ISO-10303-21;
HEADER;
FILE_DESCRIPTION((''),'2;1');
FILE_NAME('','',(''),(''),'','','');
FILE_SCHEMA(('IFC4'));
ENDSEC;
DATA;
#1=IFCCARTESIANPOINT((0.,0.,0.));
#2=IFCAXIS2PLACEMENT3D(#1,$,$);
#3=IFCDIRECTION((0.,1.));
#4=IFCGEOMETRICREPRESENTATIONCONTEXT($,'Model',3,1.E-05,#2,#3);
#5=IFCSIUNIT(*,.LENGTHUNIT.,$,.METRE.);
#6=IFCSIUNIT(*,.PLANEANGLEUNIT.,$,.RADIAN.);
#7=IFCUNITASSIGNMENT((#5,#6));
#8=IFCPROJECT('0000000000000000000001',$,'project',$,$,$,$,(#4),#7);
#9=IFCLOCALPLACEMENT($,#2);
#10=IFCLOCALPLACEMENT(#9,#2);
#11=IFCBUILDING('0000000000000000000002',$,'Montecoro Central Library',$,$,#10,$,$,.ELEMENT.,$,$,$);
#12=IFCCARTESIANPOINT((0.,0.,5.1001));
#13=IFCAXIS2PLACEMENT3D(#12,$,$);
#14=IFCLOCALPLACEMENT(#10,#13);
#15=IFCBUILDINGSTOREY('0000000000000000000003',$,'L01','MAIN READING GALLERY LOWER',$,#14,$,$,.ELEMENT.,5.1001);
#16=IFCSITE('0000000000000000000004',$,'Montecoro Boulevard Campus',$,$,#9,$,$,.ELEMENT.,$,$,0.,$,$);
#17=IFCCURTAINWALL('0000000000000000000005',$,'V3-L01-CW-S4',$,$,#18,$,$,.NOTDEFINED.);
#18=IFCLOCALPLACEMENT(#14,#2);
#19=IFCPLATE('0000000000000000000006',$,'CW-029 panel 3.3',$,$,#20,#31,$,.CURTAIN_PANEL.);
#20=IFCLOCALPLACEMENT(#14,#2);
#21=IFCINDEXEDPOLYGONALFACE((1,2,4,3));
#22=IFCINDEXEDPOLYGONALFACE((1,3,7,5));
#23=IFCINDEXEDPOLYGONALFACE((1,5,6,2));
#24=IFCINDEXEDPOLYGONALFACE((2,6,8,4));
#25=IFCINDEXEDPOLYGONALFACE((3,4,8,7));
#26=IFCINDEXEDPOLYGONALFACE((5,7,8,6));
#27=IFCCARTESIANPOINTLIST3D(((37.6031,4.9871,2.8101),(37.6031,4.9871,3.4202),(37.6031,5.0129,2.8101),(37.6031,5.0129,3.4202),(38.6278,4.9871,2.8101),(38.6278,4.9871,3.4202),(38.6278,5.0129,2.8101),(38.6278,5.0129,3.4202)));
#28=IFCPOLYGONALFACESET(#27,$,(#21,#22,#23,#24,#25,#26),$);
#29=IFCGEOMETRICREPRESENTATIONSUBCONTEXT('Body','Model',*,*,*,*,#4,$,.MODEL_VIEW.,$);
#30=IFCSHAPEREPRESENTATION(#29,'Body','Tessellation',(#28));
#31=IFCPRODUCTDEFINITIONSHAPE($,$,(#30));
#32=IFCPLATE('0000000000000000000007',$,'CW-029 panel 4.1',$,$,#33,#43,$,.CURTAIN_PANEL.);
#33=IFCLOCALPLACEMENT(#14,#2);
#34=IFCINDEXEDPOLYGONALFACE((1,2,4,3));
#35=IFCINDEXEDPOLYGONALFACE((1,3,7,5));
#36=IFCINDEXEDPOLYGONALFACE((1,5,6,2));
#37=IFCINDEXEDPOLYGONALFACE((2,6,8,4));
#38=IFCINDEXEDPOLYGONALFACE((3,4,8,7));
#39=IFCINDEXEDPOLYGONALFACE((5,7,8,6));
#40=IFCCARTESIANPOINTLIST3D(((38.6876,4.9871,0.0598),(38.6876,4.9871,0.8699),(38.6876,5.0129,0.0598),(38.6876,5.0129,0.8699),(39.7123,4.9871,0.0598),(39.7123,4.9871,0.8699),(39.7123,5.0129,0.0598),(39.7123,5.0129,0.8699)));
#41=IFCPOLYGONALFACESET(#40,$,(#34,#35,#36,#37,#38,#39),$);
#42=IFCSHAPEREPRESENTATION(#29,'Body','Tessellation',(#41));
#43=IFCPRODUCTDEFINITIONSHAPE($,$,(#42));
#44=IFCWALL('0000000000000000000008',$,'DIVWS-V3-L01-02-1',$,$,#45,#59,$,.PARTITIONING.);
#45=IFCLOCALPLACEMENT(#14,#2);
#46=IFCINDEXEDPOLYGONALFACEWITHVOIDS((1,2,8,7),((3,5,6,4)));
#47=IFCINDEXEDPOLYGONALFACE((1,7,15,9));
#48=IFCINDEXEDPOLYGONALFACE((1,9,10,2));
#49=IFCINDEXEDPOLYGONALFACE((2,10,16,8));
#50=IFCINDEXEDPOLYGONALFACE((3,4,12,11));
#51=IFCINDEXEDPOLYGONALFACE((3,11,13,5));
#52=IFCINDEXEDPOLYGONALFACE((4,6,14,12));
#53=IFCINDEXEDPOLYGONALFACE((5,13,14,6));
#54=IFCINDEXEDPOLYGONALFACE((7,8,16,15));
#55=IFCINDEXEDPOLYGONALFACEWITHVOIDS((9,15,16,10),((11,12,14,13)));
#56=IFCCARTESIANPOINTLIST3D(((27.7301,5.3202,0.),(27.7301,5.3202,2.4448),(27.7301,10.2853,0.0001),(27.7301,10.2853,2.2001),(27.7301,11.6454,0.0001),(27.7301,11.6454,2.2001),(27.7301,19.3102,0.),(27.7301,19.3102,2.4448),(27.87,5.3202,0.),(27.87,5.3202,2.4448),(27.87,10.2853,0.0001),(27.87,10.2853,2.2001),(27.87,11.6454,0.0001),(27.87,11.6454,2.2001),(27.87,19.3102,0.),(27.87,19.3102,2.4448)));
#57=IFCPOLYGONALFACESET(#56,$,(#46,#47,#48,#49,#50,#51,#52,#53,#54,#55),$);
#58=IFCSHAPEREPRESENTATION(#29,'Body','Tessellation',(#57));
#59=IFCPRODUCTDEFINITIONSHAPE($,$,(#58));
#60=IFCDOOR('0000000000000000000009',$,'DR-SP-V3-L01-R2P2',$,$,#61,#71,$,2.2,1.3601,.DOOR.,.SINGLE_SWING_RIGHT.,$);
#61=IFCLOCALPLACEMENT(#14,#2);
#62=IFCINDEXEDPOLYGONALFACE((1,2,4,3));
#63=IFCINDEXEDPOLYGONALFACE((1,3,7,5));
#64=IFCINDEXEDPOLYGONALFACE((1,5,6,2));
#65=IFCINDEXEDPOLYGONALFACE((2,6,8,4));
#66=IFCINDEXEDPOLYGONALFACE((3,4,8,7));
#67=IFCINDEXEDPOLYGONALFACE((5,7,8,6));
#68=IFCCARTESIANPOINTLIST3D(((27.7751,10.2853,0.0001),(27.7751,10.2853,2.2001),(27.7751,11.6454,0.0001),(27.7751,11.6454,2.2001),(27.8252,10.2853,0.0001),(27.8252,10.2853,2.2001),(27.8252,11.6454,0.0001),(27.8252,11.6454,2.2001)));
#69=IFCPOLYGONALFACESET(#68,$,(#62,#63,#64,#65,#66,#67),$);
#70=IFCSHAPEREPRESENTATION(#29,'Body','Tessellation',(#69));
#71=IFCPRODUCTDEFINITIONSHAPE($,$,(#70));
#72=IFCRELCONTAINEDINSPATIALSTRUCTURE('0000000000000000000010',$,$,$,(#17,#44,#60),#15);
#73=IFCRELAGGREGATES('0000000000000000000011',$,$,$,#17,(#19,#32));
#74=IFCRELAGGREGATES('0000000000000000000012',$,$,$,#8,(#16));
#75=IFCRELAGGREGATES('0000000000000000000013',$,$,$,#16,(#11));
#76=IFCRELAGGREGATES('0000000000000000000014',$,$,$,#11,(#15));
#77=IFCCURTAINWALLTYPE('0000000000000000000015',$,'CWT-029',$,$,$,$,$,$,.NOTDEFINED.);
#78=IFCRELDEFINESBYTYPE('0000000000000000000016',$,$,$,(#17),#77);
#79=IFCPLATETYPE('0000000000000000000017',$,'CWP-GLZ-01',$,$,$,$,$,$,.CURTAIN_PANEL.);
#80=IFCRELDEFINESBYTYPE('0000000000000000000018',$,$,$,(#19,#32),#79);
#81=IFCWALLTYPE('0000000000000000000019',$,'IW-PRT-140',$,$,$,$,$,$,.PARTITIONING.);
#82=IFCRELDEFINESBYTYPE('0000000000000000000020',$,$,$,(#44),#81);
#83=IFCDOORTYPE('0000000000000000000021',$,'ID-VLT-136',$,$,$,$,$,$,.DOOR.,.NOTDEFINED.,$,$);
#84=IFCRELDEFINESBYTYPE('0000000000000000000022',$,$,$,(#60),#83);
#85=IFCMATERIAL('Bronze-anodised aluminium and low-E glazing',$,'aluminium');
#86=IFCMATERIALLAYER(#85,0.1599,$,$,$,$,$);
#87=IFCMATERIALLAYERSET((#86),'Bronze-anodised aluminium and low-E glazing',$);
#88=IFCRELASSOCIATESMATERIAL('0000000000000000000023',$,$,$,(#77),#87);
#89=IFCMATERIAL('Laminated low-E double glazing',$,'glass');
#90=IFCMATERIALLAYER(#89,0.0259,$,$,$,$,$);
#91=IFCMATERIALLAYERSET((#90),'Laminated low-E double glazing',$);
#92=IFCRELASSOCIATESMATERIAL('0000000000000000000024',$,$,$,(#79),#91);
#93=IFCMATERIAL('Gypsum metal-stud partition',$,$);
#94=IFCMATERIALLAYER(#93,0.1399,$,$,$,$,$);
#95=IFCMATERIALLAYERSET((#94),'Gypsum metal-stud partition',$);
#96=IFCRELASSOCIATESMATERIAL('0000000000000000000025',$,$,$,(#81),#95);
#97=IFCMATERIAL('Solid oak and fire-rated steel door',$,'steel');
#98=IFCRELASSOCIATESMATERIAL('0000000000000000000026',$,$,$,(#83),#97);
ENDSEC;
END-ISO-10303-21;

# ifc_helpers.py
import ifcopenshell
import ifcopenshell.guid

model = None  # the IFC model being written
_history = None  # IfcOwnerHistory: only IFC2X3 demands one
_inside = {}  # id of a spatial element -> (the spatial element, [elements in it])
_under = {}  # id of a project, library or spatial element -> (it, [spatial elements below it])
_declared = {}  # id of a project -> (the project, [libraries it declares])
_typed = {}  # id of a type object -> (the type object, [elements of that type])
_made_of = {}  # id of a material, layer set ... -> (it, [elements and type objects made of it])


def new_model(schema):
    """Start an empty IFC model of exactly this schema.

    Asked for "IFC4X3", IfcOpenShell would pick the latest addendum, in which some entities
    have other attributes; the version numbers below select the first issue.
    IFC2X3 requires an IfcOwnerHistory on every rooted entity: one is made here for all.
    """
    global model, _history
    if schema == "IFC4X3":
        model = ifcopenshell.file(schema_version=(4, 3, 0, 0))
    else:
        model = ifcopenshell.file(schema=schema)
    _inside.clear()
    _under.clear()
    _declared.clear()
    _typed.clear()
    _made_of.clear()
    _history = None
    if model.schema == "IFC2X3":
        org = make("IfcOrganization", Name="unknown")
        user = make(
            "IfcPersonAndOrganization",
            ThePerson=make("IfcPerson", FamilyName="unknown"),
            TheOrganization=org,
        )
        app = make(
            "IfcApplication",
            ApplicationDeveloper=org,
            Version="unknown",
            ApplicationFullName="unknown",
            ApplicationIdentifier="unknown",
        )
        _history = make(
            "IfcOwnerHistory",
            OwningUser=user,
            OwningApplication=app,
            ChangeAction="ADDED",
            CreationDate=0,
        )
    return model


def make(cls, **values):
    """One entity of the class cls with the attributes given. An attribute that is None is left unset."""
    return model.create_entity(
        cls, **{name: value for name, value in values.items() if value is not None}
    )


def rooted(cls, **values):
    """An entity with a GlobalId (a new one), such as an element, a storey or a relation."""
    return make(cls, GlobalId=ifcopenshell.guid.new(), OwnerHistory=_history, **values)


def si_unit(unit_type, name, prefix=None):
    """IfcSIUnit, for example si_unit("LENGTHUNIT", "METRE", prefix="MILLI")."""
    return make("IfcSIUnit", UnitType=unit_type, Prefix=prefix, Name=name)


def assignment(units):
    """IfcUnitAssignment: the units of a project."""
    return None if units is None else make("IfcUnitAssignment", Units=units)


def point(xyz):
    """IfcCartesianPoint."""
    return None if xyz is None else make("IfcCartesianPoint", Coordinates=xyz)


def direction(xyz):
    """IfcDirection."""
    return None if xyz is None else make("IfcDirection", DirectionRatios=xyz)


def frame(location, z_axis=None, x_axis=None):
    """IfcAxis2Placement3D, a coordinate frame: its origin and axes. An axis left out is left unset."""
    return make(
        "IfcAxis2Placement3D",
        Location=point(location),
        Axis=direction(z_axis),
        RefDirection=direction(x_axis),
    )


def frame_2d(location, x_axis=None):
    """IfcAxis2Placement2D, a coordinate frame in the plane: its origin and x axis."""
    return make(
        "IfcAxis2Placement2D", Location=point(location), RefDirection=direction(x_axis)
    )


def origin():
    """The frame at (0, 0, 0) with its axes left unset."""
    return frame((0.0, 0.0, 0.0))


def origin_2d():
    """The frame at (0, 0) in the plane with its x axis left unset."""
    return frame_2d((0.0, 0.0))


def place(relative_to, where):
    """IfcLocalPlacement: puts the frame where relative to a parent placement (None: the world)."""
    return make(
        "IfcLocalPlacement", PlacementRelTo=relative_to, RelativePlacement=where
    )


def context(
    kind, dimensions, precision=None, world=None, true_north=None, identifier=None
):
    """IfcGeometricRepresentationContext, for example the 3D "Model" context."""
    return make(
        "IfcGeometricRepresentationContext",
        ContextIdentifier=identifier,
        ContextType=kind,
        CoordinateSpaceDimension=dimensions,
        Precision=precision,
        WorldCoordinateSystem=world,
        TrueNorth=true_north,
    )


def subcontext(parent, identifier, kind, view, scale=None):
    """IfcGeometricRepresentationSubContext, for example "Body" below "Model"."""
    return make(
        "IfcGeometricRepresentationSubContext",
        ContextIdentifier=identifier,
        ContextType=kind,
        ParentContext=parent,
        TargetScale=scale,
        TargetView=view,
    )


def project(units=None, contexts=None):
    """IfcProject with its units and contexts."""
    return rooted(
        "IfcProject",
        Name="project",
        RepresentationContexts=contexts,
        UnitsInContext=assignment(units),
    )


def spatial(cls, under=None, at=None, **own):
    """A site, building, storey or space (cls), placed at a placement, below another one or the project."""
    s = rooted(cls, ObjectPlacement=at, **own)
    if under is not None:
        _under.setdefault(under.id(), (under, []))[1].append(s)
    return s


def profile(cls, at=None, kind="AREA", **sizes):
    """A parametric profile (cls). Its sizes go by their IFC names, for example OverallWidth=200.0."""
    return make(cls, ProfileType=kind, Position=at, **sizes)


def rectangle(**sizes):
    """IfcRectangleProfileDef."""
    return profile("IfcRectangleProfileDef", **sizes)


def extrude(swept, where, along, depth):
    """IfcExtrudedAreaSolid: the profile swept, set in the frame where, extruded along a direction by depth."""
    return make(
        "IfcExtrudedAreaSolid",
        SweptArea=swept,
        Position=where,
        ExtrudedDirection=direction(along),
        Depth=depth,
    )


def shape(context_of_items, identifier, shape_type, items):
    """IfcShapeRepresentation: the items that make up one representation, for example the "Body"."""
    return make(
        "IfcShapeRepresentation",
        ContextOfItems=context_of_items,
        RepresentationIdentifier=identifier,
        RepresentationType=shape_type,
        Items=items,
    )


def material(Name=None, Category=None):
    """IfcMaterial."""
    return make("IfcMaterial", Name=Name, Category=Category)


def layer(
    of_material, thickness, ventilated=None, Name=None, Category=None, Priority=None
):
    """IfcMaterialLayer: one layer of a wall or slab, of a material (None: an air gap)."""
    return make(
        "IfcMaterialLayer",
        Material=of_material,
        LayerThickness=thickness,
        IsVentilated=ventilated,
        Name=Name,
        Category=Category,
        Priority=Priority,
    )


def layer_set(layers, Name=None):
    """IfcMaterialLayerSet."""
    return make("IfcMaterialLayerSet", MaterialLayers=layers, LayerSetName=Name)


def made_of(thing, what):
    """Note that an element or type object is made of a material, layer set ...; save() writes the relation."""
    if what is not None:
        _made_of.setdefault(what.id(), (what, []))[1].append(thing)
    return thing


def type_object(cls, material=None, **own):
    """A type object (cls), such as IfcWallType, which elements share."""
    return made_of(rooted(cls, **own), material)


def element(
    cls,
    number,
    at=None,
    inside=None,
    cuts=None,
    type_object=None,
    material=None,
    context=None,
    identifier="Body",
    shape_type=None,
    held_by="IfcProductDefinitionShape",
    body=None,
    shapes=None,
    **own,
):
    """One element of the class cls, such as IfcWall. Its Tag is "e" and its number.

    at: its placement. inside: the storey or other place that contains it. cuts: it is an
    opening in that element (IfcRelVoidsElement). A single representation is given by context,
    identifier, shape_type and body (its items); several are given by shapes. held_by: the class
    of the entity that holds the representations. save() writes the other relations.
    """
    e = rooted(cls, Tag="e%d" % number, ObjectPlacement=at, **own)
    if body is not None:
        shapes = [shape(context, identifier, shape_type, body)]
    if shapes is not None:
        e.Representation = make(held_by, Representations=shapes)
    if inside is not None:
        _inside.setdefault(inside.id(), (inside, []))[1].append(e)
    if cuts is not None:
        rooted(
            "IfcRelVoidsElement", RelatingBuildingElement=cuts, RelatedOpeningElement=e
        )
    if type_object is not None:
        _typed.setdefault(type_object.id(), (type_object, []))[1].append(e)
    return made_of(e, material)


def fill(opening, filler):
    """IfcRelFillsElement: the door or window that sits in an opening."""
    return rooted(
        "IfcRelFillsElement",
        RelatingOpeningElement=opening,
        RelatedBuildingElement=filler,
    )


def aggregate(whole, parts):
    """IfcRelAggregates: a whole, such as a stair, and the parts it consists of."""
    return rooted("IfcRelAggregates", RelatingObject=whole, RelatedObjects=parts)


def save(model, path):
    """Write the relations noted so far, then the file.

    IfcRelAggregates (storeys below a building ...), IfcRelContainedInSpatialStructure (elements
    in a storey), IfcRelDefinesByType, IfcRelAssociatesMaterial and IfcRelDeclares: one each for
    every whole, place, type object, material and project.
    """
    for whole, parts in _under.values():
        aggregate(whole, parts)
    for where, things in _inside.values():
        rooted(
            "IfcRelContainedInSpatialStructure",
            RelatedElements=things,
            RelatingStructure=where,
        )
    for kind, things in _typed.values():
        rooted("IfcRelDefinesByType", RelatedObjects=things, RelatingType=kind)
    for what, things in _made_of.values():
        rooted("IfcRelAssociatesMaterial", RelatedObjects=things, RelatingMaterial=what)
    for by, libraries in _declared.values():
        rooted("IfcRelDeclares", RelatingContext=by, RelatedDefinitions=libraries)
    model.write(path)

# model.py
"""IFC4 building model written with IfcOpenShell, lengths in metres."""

from ifc_helpers import new_model, si_unit, direction, frame, frame_2d, origin, origin_2d, place, context, subcontext, project, spatial, rectangle, extrude, material, layer, layer_set, type_object, element, fill, aggregate, save


model = new_model("IFC4")

# Units and contexts
model_context = context("Model", 3, precision=1e-05, world=origin(), true_north=direction((0.0, 1.0)))
body_context = subcontext(model_context, "Body", "Model", "MODEL_VIEW")
ifc_project = project(units=[si_unit("LENGTHUNIT", "METRE"), si_unit("PLANEANGLEUNIT", "RADIAN")], contexts=[model_context])

# Site, building, storey
site_placement = place(None, origin())
site = spatial("IfcSite", under=ifc_project, at=site_placement, Name="Montecoro Boulevard Campus", CompositionType="ELEMENT", RefElevation=0.0)
building_placement = place(site_placement, origin())
building = spatial("IfcBuilding", under=site, at=building_placement, Name="Montecoro Central Library", CompositionType="ELEMENT")
storey_placement = place(building_placement, frame((0.0, 0.0, 5.1001)))
storey = spatial("IfcBuildingStorey", under=building, at=storey_placement, Name="L01", Description="MAIN READING GALLERY LOWER", CompositionType="ELEMENT", Elevation=5.1001)

# Curtain wall, plates
ifc_material_1 = material(Name="Bronze-anodised aluminium and low-E glazing", Category="aluminium")
ifc_layer_1 = layer(ifc_material_1, 0.1599)
ifc_layer_set_1 = layer_set([ifc_layer_1], Name="Bronze-anodised aluminium and low-E glazing")
curtain_wall_type = type_object("IfcCurtainWallType", Name="CWT-029", PredefinedType="NOTDEFINED", material=ifc_layer_set_1)
curtain_wall_placement = place(storey_placement, origin())
curtain_wall = element("IfcCurtainWall", 1, at=curtain_wall_placement, inside=storey, type_object=curtain_wall_type, Name="V3-L01-CW-S4", PredefinedType="NOTDEFINED")
ifc_material_2 = material(Name="Laminated low-E double glazing", Category="glass")
ifc_layer_2 = layer(ifc_material_2, 0.0259)
ifc_layer_set_2 = layer_set([ifc_layer_2], Name="Laminated low-E double glazing")
plate_type = type_object("IfcPlateType", Name="CWP-GLZ-01", PredefinedType="CURTAIN_PANEL", material=ifc_layer_set_2)
plate_1_placement = place(storey_placement, frame((38.1155, 5.0, 2.8101), z_axis=(0.0, 0.0, 1.0), x_axis=(1.0, 0.0, 0.0)))
plate_1 = element("IfcPlate", 2, at=plate_1_placement, type_object=plate_type, Name="CW-029 panel 3.3", PredefinedType="CURTAIN_PANEL", context=body_context, shape_type="SweptSolid", body=[
    extrude(rectangle(XDim=1.0247, YDim=0.0259, at=origin_2d()), origin(), (0.0, 0.0, 1.0), 0.6101),
])
plate_2_placement = place(storey_placement, frame((39.2, 5.0, 0.0598), z_axis=(0.0, 0.0, 1.0), x_axis=(1.0, 0.0, 0.0)))
plate_2 = element("IfcPlate", 3, at=plate_2_placement, type_object=plate_type, Name="CW-029 panel 4.1", PredefinedType="CURTAIN_PANEL", context=body_context, shape_type="SweptSolid", body=[
    extrude(rectangle(XDim=1.0247, YDim=0.0259, at=origin_2d()), origin(), (0.0, 0.0, 1.0), 0.8101),
])
aggregate(curtain_wall, [plate_1, plate_2])

# Wall, opening, door
ifc_material_3 = material(Name="Gypsum metal-stud partition")
ifc_layer_3 = layer(ifc_material_3, 0.1399)
ifc_layer_set_3 = layer_set([ifc_layer_3], Name="Gypsum metal-stud partition")
wall_type = type_object("IfcWallType", Name="IW-PRT-140", PredefinedType="PARTITIONING", material=ifc_layer_set_3)
wall_placement = place(storey_placement, frame((27.8, 5.3201, 0.0), z_axis=(0.0, 0.0, 1.0), x_axis=(0.0, 1.0, 0.0)))
wall = element("IfcWall", 4, at=wall_placement, inside=storey, type_object=wall_type, Name="DIVWS-V3-L01-02-1", PredefinedType="PARTITIONING", context=body_context, shape_type="SweptSolid", body=[
    extrude(rectangle(XDim=13.99, YDim=0.1399, at=frame_2d((6.9951, 0.0))), origin(), (0.0, 0.0, 1.0), 2.4448),
])
opening_placement = place(wall_placement, frame((4.9651, 0.0, 0.0)))
opening = element("IfcOpeningElement", 5, at=opening_placement, cuts=wall, PredefinedType="OPENING", context=body_context, shape_type="SweptSolid", body=[
    extrude(rectangle(XDim=1.3601, YDim=2.2, at=frame_2d((0.6802, 1.1001))), frame((0.0, 0.0798, 0.0), z_axis=(0.0, -1.0, 0.0), x_axis=(1.0, 0.0, 0.0)), (0.0, 0.0, 1.0), 0.1599),
])
ifc_material_4 = material(Name="Solid oak and fire-rated steel door", Category="steel")
door_type = type_object("IfcDoorType", Name="ID-VLT-136", OperationType="NOTDEFINED", PredefinedType="DOOR", material=ifc_material_4)
door_placement = place(opening_placement, origin())
door = element("IfcDoor", 6, at=door_placement, inside=storey, type_object=door_type, Name="DR-SP-V3-L01-R2P2", OperationType="SINGLE_SWING_RIGHT", OverallHeight=2.2, OverallWidth=1.3601, PredefinedType="DOOR", context=body_context, shape_type="SweptSolid", body=[
    extrude(rectangle(XDim=1.3601, YDim=2.2, at=frame_2d((0.6802, 1.1001))), frame((0.0, 0.0249, 0.0), z_axis=(0.0, -1.0, 0.0), x_axis=(1.0, 0.0, 0.0)), (0.0, 0.0, 1.0), 0.05),
])
fill(opening, door)

save(model, "model.ifc")
